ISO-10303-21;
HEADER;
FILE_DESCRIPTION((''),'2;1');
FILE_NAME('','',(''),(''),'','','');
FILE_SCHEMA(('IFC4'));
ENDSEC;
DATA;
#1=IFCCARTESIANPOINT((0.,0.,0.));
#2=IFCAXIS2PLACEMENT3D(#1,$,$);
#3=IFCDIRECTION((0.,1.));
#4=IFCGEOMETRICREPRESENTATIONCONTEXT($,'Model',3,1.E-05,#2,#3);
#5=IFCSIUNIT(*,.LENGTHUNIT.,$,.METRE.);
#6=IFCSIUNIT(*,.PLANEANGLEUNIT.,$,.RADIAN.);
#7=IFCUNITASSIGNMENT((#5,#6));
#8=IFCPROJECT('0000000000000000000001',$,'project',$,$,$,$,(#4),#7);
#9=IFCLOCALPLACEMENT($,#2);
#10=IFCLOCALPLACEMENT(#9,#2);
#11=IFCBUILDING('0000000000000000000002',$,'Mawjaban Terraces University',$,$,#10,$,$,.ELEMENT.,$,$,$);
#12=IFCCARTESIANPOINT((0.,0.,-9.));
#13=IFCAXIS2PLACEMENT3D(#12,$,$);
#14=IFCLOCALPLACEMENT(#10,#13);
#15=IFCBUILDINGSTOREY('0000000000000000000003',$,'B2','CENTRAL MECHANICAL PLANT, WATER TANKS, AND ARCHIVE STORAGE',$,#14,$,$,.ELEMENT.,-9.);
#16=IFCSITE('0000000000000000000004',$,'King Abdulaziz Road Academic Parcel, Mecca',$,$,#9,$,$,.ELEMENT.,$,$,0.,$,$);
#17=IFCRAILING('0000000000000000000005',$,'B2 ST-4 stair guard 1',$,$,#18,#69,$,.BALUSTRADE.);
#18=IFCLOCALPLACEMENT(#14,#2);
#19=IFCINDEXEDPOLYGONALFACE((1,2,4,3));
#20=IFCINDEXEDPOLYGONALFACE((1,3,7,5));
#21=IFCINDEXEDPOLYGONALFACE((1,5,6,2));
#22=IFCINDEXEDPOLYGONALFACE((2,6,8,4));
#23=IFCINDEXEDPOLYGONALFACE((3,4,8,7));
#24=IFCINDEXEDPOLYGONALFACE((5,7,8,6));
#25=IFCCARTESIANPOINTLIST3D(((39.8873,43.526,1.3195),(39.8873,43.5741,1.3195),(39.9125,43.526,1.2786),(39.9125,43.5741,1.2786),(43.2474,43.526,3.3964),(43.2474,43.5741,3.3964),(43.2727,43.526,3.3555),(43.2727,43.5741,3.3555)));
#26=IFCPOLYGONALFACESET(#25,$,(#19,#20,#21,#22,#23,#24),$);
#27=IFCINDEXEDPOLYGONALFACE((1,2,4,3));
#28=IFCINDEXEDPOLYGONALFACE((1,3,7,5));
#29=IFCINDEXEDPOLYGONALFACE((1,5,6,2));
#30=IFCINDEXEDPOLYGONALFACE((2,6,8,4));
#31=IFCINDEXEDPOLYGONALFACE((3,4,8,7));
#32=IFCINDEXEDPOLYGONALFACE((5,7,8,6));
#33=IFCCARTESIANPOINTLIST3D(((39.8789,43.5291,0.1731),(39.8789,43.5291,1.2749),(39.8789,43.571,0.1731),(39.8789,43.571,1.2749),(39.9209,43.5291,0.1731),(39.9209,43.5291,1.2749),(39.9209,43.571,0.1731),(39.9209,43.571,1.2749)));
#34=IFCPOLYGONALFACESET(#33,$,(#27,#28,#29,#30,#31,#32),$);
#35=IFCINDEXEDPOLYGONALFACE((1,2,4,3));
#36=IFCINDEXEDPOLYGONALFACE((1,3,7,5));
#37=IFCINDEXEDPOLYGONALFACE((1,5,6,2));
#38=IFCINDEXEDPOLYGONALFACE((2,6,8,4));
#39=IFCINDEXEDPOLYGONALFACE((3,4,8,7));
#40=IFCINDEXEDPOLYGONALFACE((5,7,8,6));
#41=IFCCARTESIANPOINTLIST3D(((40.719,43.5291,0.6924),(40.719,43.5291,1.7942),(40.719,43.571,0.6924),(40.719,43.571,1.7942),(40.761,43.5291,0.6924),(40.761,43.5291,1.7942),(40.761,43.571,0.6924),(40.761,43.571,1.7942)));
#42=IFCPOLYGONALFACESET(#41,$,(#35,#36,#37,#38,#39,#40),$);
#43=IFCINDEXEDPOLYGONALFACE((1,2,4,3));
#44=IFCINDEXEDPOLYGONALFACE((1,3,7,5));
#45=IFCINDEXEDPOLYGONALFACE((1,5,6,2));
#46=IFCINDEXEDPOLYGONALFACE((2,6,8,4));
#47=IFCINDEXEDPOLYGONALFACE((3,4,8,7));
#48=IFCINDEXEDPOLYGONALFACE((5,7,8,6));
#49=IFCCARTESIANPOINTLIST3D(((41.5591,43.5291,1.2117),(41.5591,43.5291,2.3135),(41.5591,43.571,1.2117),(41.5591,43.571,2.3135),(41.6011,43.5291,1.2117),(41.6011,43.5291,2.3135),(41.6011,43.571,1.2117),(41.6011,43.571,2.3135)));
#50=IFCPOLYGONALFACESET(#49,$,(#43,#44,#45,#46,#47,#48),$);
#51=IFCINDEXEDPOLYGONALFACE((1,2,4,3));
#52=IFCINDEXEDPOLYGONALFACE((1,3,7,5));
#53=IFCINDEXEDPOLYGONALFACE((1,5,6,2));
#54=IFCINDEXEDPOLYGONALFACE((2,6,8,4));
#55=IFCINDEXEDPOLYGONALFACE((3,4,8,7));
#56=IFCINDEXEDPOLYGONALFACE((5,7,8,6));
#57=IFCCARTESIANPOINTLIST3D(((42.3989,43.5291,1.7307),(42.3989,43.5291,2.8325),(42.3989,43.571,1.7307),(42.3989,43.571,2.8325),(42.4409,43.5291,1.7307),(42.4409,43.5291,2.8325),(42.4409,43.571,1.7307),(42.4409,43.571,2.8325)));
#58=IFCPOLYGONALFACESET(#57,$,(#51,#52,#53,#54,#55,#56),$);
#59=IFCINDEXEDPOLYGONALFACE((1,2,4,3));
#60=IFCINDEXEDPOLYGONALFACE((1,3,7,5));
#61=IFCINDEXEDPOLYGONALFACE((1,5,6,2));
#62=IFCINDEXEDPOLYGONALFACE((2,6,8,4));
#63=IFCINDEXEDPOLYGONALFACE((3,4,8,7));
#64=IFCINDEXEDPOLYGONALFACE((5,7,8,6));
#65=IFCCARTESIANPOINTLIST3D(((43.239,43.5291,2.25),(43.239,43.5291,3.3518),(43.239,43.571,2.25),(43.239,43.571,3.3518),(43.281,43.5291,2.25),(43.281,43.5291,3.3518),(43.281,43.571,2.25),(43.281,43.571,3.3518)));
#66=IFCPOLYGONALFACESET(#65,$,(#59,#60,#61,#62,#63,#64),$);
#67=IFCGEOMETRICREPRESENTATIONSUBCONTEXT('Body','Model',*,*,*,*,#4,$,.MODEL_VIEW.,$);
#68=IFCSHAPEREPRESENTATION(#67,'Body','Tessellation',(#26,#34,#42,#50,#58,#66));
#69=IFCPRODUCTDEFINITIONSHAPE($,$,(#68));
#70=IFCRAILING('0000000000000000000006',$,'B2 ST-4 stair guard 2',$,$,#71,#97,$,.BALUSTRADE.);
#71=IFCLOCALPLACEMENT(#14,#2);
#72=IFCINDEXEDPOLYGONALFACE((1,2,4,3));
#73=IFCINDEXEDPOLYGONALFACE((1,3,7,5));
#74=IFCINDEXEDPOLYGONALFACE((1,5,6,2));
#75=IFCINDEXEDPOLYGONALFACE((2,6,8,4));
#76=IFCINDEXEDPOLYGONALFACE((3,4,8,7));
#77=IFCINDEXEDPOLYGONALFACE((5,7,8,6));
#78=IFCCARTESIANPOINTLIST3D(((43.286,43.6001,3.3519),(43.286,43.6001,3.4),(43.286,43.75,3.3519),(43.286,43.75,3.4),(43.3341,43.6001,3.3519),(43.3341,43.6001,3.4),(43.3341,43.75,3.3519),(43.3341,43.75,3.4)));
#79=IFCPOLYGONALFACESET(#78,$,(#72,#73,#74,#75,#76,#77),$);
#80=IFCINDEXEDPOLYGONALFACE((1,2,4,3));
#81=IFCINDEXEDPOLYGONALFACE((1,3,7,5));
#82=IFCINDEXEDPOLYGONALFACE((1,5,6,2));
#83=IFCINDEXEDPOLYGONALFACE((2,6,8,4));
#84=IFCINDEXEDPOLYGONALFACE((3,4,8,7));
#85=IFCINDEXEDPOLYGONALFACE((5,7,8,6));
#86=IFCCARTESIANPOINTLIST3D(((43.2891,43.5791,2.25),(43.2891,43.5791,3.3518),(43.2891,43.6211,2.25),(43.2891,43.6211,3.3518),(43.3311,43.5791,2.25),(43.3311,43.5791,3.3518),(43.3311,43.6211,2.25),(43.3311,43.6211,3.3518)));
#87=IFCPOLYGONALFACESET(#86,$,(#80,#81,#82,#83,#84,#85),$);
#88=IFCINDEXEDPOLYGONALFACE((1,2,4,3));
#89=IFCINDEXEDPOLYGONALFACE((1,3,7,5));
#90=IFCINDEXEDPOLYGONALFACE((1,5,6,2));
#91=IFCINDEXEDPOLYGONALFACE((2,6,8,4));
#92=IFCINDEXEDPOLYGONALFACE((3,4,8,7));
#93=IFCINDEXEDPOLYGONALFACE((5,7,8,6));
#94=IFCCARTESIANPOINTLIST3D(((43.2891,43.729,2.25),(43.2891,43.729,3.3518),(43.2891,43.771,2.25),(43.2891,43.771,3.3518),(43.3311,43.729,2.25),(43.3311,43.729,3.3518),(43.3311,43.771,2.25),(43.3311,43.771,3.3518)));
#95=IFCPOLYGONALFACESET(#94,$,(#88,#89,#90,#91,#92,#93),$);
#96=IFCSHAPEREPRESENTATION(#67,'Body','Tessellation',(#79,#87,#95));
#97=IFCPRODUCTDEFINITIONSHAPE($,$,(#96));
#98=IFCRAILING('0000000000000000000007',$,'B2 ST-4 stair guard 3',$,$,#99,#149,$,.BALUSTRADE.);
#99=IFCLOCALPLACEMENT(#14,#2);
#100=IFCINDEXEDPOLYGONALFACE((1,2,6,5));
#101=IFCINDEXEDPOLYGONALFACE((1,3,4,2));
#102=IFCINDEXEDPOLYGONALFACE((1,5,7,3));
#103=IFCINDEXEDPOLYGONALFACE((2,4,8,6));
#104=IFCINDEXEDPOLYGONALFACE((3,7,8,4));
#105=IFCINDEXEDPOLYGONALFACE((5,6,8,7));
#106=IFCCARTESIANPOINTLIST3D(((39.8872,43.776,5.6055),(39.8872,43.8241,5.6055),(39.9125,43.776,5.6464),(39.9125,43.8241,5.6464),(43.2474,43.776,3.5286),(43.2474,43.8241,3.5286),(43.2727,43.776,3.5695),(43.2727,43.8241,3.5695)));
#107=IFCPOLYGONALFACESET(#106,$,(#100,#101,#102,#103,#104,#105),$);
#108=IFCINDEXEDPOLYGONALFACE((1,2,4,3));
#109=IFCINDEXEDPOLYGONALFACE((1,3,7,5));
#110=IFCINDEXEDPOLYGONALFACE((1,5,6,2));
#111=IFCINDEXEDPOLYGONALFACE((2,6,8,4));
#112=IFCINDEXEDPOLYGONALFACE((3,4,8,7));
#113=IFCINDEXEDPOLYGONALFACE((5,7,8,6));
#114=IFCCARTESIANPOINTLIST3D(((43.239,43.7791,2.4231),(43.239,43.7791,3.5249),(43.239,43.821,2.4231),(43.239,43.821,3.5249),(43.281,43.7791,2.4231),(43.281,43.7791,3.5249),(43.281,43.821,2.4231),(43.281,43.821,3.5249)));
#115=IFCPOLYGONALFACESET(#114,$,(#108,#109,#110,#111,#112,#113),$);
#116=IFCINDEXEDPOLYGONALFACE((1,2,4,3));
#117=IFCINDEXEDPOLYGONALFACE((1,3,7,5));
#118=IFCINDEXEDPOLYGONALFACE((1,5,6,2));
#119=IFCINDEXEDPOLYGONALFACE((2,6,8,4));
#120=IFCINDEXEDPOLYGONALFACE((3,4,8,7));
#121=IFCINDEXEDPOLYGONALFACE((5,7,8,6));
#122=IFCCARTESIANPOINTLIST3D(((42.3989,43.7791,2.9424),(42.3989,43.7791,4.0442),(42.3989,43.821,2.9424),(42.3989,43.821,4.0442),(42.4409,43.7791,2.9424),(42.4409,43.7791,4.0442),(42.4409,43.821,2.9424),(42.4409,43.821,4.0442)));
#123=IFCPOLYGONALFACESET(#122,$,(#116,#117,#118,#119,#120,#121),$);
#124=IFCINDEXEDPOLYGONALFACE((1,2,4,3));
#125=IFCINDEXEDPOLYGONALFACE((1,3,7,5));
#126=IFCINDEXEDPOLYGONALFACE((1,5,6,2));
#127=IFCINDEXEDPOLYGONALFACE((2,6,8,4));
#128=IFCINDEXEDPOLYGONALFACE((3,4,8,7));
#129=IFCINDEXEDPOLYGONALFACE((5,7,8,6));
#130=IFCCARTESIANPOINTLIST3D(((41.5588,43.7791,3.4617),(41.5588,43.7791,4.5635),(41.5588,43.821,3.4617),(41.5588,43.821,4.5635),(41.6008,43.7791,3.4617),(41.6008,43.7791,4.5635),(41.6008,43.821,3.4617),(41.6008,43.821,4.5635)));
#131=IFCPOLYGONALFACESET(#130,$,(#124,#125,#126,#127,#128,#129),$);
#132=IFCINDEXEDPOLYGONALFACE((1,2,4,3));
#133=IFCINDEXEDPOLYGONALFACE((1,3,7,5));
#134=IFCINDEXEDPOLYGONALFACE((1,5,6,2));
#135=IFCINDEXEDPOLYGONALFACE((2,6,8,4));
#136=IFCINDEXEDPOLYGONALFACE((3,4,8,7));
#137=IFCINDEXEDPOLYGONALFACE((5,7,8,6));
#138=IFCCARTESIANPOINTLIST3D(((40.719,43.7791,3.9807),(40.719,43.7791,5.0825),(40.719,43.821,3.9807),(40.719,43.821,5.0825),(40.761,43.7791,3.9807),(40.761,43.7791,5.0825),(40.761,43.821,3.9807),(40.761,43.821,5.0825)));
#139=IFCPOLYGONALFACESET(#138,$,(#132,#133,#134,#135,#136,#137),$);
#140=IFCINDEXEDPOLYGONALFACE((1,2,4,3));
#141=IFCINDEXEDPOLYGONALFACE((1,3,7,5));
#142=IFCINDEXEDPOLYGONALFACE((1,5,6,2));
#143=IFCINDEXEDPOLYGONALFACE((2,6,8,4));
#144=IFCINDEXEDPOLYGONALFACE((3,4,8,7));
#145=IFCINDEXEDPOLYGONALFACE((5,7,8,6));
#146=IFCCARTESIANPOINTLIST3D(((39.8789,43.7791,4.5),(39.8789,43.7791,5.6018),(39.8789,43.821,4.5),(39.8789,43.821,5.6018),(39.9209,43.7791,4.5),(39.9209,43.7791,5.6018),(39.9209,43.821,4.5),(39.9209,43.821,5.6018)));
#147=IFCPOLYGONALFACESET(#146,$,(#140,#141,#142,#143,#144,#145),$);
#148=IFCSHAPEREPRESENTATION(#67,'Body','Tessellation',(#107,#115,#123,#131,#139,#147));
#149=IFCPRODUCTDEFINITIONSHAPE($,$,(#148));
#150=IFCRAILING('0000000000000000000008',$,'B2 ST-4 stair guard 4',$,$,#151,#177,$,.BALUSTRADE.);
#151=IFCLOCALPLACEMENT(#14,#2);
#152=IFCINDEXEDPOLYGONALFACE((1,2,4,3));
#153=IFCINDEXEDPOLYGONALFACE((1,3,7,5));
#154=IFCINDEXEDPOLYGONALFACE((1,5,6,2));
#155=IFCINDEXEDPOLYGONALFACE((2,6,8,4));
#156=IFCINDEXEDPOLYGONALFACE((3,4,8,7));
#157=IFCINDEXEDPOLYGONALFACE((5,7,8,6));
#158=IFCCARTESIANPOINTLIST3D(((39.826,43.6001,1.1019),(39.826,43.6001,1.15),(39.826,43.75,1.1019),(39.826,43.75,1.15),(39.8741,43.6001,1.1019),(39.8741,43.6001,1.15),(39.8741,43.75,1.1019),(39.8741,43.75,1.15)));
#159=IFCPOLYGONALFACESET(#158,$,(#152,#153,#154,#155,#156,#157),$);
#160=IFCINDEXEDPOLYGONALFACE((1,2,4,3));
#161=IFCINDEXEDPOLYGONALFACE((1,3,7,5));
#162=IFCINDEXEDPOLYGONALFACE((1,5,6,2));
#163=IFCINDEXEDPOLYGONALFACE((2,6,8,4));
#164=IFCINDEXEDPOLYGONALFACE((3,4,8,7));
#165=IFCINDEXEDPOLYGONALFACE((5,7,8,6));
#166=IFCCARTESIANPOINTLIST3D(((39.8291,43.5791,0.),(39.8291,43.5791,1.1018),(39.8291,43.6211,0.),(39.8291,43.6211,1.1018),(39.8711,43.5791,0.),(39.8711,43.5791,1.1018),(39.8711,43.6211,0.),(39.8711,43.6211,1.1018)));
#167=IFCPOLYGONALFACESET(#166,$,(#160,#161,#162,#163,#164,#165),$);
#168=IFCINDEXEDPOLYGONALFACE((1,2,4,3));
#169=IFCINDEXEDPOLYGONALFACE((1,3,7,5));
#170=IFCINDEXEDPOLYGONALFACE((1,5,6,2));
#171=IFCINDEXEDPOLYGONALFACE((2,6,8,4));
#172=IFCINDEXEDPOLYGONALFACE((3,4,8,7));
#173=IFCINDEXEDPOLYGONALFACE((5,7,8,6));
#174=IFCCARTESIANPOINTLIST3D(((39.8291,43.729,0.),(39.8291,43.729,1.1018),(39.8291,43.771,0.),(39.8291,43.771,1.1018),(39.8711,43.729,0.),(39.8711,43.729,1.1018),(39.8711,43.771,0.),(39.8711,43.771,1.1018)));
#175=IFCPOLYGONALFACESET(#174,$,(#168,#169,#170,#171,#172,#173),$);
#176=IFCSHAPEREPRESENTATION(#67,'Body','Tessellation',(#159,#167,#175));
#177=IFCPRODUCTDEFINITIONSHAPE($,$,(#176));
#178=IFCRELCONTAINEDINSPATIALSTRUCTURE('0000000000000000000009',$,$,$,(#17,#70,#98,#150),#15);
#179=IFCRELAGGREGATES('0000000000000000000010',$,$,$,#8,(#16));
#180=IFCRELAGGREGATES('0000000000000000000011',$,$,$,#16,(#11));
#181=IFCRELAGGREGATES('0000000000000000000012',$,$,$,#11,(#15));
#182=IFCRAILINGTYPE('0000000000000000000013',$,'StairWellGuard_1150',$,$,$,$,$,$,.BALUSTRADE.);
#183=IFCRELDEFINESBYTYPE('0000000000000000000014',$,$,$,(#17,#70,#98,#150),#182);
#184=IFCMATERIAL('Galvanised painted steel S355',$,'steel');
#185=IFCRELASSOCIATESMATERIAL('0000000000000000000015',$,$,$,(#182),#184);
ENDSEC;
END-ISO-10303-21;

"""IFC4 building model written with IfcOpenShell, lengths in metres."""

from ifc_helpers import new_model, si_unit, direction, frame, origin, origin_2d, place, context, subcontext, project, spatial, rectangle, extrude, material, type_object, element, save


model = new_model("IFC4")

# Units and contexts
model_context = context("Model", 3, precision=1e-05, world=origin(), true_north=direction((0.0, 1.0)))
body_context = subcontext(model_context, "Body", "Model", "MODEL_VIEW")
ifc_project = project(units=[si_unit("LENGTHUNIT", "METRE"), si_unit("PLANEANGLEUNIT", "RADIAN")], contexts=[model_context])

# Site, building, storey
site_placement = place(None, origin())
site = spatial("IfcSite", under=ifc_project, at=site_placement, Name="King Abdulaziz Road Academic Parcel, Mecca", CompositionType="ELEMENT", RefElevation=0.0)
building_placement = place(site_placement, origin())
building = spatial("IfcBuilding", under=site, at=building_placement, Name="Mawjaban Terraces University", CompositionType="ELEMENT")
storey_placement = place(building_placement, frame((0.0, 0.0, -9.0)))
storey = spatial("IfcBuildingStorey", under=building, at=storey_placement, Name="B2", Description="CENTRAL MECHANICAL PLANT, WATER TANKS, AND ARCHIVE STORAGE", CompositionType="ELEMENT", Elevation=-9.0)

# Railings
ifc_material_1 = material(Name="Galvanised painted steel S355", Category="steel")
railing_type_1 = type_object("IfcRailingType", Name="StairWellGuard_1150", PredefinedType="BALUSTRADE", material=ifc_material_1)
railing_1_placement = place(storey_placement, frame((39.8999, 43.55, 0.1731)))
element("IfcRailing", 1, at=railing_1_placement, inside=storey, type_object=railing_type_1, Name="B2 ST-4 stair guard 1", PredefinedType="BALUSTRADE", context=body_context, shape_type="SweptSolid", body=[
    extrude(rectangle(XDim=0.0481, YDim=0.0481, at=origin_2d()), frame((0.0, 0.0, 1.126), z_axis=(0.850623, 0.0, 0.525776), x_axis=(0.0, 1.0, 0.0)), (0.0, 0.0, 1.0), 3.9502),
    extrude(rectangle(XDim=0.042, YDim=0.042, at=origin_2d()), origin(), (0.0, 0.0, 1.0), 1.1018),
    extrude(rectangle(XDim=0.042, YDim=0.042, at=origin_2d()), frame((0.8401, 0.0, 0.5193)), (0.0, 0.0, 1.0), 1.1018),
    extrude(rectangle(XDim=0.042, YDim=0.042, at=origin_2d()), frame((1.6802, 0.0, 1.0386)), (0.0, 0.0, 1.0), 1.1018),
    extrude(rectangle(XDim=0.042, YDim=0.042, at=origin_2d()), frame((2.52, 0.0, 1.5576)), (0.0, 0.0, 1.0), 1.1018),
    extrude(rectangle(XDim=0.042, YDim=0.042, at=origin_2d()), frame((3.3601, 0.0, 2.0769)), (0.0, 0.0, 1.0), 1.1018),
])
railing_2_placement = place(storey_placement, frame((43.3101, 43.6001, 2.25)))
element("IfcRailing", 2, at=railing_2_placement, inside=storey, type_object=railing_type_1, Name="B2 ST-4 stair guard 2", PredefinedType="BALUSTRADE", context=body_context, shape_type="SweptSolid", body=[
    extrude(rectangle(XDim=0.0481, YDim=0.0481, at=origin_2d()), frame((0.0, 0.0, 1.126), z_axis=(0.0, 1.0, 0.0), x_axis=(-1.0, 0.0, 0.0)), (0.0, 0.0, 1.0), 0.1499),
    extrude(rectangle(XDim=0.042, YDim=0.042, at=origin_2d()), origin(), (0.0, 0.0, 1.0), 1.1018),
    extrude(rectangle(XDim=0.042, YDim=0.042, at=origin_2d()), frame((0.0, 0.1499, 0.0)), (0.0, 0.0, 1.0), 1.1018),
])
railing_3_placement = place(storey_placement, frame((43.26, 43.8, 2.4231)))
element("IfcRailing", 3, at=railing_3_placement, inside=storey, type_object=railing_type_1, Name="B2 ST-4 stair guard 3", PredefinedType="BALUSTRADE", context=body_context, shape_type="SweptSolid", body=[
    extrude(rectangle(XDim=0.0481, YDim=0.0481, at=origin_2d()), frame((0.0, 0.0, 1.126), z_axis=(-0.850623, 0.0, 0.525776), x_axis=(0.0, -1.0, 0.0)), (0.0, 0.0, 1.0), 3.9502),
    extrude(rectangle(XDim=0.042, YDim=0.042, at=origin_2d()), origin(), (0.0, 0.0, 1.0), 1.1018),
    extrude(rectangle(XDim=0.042, YDim=0.042, at=origin_2d()), frame((-0.8401, 0.0, 0.5193)), (0.0, 0.0, 1.0), 1.1018),
    extrude(rectangle(XDim=0.042, YDim=0.042, at=origin_2d()), frame((-1.6802, 0.0, 1.0386)), (0.0, 0.0, 1.0), 1.1018),
    extrude(rectangle(XDim=0.042, YDim=0.042, at=origin_2d()), frame((-2.52, 0.0, 1.5576)), (0.0, 0.0, 1.0), 1.1018),
    extrude(rectangle(XDim=0.042, YDim=0.042, at=origin_2d()), frame((-3.3601, 0.0, 2.0769)), (0.0, 0.0, 1.0), 1.1018),
])
railing_4_placement = place(storey_placement, frame((39.8501, 43.6001, 0.0)))
element("IfcRailing", 4, at=railing_4_placement, inside=storey, type_object=railing_type_1, Name="B2 ST-4 stair guard 4", PredefinedType="BALUSTRADE", context=body_context, shape_type="SweptSolid", body=[
    extrude(rectangle(XDim=0.0481, YDim=0.0481, at=origin_2d()), frame((0.0, 0.0, 1.126), z_axis=(0.0, 1.0, 0.0), x_axis=(-1.0, 0.0, 0.0)), (0.0, 0.0, 1.0), 0.1499),
    extrude(rectangle(XDim=0.042, YDim=0.042, at=origin_2d()), origin(), (0.0, 0.0, 1.0), 1.1018),
    extrude(rectangle(XDim=0.042, YDim=0.042, at=origin_2d()), frame((0.0, 0.1499, 0.0)), (0.0, 0.0, 1.0), 1.1018),
])

save(model, "model.ifc")
